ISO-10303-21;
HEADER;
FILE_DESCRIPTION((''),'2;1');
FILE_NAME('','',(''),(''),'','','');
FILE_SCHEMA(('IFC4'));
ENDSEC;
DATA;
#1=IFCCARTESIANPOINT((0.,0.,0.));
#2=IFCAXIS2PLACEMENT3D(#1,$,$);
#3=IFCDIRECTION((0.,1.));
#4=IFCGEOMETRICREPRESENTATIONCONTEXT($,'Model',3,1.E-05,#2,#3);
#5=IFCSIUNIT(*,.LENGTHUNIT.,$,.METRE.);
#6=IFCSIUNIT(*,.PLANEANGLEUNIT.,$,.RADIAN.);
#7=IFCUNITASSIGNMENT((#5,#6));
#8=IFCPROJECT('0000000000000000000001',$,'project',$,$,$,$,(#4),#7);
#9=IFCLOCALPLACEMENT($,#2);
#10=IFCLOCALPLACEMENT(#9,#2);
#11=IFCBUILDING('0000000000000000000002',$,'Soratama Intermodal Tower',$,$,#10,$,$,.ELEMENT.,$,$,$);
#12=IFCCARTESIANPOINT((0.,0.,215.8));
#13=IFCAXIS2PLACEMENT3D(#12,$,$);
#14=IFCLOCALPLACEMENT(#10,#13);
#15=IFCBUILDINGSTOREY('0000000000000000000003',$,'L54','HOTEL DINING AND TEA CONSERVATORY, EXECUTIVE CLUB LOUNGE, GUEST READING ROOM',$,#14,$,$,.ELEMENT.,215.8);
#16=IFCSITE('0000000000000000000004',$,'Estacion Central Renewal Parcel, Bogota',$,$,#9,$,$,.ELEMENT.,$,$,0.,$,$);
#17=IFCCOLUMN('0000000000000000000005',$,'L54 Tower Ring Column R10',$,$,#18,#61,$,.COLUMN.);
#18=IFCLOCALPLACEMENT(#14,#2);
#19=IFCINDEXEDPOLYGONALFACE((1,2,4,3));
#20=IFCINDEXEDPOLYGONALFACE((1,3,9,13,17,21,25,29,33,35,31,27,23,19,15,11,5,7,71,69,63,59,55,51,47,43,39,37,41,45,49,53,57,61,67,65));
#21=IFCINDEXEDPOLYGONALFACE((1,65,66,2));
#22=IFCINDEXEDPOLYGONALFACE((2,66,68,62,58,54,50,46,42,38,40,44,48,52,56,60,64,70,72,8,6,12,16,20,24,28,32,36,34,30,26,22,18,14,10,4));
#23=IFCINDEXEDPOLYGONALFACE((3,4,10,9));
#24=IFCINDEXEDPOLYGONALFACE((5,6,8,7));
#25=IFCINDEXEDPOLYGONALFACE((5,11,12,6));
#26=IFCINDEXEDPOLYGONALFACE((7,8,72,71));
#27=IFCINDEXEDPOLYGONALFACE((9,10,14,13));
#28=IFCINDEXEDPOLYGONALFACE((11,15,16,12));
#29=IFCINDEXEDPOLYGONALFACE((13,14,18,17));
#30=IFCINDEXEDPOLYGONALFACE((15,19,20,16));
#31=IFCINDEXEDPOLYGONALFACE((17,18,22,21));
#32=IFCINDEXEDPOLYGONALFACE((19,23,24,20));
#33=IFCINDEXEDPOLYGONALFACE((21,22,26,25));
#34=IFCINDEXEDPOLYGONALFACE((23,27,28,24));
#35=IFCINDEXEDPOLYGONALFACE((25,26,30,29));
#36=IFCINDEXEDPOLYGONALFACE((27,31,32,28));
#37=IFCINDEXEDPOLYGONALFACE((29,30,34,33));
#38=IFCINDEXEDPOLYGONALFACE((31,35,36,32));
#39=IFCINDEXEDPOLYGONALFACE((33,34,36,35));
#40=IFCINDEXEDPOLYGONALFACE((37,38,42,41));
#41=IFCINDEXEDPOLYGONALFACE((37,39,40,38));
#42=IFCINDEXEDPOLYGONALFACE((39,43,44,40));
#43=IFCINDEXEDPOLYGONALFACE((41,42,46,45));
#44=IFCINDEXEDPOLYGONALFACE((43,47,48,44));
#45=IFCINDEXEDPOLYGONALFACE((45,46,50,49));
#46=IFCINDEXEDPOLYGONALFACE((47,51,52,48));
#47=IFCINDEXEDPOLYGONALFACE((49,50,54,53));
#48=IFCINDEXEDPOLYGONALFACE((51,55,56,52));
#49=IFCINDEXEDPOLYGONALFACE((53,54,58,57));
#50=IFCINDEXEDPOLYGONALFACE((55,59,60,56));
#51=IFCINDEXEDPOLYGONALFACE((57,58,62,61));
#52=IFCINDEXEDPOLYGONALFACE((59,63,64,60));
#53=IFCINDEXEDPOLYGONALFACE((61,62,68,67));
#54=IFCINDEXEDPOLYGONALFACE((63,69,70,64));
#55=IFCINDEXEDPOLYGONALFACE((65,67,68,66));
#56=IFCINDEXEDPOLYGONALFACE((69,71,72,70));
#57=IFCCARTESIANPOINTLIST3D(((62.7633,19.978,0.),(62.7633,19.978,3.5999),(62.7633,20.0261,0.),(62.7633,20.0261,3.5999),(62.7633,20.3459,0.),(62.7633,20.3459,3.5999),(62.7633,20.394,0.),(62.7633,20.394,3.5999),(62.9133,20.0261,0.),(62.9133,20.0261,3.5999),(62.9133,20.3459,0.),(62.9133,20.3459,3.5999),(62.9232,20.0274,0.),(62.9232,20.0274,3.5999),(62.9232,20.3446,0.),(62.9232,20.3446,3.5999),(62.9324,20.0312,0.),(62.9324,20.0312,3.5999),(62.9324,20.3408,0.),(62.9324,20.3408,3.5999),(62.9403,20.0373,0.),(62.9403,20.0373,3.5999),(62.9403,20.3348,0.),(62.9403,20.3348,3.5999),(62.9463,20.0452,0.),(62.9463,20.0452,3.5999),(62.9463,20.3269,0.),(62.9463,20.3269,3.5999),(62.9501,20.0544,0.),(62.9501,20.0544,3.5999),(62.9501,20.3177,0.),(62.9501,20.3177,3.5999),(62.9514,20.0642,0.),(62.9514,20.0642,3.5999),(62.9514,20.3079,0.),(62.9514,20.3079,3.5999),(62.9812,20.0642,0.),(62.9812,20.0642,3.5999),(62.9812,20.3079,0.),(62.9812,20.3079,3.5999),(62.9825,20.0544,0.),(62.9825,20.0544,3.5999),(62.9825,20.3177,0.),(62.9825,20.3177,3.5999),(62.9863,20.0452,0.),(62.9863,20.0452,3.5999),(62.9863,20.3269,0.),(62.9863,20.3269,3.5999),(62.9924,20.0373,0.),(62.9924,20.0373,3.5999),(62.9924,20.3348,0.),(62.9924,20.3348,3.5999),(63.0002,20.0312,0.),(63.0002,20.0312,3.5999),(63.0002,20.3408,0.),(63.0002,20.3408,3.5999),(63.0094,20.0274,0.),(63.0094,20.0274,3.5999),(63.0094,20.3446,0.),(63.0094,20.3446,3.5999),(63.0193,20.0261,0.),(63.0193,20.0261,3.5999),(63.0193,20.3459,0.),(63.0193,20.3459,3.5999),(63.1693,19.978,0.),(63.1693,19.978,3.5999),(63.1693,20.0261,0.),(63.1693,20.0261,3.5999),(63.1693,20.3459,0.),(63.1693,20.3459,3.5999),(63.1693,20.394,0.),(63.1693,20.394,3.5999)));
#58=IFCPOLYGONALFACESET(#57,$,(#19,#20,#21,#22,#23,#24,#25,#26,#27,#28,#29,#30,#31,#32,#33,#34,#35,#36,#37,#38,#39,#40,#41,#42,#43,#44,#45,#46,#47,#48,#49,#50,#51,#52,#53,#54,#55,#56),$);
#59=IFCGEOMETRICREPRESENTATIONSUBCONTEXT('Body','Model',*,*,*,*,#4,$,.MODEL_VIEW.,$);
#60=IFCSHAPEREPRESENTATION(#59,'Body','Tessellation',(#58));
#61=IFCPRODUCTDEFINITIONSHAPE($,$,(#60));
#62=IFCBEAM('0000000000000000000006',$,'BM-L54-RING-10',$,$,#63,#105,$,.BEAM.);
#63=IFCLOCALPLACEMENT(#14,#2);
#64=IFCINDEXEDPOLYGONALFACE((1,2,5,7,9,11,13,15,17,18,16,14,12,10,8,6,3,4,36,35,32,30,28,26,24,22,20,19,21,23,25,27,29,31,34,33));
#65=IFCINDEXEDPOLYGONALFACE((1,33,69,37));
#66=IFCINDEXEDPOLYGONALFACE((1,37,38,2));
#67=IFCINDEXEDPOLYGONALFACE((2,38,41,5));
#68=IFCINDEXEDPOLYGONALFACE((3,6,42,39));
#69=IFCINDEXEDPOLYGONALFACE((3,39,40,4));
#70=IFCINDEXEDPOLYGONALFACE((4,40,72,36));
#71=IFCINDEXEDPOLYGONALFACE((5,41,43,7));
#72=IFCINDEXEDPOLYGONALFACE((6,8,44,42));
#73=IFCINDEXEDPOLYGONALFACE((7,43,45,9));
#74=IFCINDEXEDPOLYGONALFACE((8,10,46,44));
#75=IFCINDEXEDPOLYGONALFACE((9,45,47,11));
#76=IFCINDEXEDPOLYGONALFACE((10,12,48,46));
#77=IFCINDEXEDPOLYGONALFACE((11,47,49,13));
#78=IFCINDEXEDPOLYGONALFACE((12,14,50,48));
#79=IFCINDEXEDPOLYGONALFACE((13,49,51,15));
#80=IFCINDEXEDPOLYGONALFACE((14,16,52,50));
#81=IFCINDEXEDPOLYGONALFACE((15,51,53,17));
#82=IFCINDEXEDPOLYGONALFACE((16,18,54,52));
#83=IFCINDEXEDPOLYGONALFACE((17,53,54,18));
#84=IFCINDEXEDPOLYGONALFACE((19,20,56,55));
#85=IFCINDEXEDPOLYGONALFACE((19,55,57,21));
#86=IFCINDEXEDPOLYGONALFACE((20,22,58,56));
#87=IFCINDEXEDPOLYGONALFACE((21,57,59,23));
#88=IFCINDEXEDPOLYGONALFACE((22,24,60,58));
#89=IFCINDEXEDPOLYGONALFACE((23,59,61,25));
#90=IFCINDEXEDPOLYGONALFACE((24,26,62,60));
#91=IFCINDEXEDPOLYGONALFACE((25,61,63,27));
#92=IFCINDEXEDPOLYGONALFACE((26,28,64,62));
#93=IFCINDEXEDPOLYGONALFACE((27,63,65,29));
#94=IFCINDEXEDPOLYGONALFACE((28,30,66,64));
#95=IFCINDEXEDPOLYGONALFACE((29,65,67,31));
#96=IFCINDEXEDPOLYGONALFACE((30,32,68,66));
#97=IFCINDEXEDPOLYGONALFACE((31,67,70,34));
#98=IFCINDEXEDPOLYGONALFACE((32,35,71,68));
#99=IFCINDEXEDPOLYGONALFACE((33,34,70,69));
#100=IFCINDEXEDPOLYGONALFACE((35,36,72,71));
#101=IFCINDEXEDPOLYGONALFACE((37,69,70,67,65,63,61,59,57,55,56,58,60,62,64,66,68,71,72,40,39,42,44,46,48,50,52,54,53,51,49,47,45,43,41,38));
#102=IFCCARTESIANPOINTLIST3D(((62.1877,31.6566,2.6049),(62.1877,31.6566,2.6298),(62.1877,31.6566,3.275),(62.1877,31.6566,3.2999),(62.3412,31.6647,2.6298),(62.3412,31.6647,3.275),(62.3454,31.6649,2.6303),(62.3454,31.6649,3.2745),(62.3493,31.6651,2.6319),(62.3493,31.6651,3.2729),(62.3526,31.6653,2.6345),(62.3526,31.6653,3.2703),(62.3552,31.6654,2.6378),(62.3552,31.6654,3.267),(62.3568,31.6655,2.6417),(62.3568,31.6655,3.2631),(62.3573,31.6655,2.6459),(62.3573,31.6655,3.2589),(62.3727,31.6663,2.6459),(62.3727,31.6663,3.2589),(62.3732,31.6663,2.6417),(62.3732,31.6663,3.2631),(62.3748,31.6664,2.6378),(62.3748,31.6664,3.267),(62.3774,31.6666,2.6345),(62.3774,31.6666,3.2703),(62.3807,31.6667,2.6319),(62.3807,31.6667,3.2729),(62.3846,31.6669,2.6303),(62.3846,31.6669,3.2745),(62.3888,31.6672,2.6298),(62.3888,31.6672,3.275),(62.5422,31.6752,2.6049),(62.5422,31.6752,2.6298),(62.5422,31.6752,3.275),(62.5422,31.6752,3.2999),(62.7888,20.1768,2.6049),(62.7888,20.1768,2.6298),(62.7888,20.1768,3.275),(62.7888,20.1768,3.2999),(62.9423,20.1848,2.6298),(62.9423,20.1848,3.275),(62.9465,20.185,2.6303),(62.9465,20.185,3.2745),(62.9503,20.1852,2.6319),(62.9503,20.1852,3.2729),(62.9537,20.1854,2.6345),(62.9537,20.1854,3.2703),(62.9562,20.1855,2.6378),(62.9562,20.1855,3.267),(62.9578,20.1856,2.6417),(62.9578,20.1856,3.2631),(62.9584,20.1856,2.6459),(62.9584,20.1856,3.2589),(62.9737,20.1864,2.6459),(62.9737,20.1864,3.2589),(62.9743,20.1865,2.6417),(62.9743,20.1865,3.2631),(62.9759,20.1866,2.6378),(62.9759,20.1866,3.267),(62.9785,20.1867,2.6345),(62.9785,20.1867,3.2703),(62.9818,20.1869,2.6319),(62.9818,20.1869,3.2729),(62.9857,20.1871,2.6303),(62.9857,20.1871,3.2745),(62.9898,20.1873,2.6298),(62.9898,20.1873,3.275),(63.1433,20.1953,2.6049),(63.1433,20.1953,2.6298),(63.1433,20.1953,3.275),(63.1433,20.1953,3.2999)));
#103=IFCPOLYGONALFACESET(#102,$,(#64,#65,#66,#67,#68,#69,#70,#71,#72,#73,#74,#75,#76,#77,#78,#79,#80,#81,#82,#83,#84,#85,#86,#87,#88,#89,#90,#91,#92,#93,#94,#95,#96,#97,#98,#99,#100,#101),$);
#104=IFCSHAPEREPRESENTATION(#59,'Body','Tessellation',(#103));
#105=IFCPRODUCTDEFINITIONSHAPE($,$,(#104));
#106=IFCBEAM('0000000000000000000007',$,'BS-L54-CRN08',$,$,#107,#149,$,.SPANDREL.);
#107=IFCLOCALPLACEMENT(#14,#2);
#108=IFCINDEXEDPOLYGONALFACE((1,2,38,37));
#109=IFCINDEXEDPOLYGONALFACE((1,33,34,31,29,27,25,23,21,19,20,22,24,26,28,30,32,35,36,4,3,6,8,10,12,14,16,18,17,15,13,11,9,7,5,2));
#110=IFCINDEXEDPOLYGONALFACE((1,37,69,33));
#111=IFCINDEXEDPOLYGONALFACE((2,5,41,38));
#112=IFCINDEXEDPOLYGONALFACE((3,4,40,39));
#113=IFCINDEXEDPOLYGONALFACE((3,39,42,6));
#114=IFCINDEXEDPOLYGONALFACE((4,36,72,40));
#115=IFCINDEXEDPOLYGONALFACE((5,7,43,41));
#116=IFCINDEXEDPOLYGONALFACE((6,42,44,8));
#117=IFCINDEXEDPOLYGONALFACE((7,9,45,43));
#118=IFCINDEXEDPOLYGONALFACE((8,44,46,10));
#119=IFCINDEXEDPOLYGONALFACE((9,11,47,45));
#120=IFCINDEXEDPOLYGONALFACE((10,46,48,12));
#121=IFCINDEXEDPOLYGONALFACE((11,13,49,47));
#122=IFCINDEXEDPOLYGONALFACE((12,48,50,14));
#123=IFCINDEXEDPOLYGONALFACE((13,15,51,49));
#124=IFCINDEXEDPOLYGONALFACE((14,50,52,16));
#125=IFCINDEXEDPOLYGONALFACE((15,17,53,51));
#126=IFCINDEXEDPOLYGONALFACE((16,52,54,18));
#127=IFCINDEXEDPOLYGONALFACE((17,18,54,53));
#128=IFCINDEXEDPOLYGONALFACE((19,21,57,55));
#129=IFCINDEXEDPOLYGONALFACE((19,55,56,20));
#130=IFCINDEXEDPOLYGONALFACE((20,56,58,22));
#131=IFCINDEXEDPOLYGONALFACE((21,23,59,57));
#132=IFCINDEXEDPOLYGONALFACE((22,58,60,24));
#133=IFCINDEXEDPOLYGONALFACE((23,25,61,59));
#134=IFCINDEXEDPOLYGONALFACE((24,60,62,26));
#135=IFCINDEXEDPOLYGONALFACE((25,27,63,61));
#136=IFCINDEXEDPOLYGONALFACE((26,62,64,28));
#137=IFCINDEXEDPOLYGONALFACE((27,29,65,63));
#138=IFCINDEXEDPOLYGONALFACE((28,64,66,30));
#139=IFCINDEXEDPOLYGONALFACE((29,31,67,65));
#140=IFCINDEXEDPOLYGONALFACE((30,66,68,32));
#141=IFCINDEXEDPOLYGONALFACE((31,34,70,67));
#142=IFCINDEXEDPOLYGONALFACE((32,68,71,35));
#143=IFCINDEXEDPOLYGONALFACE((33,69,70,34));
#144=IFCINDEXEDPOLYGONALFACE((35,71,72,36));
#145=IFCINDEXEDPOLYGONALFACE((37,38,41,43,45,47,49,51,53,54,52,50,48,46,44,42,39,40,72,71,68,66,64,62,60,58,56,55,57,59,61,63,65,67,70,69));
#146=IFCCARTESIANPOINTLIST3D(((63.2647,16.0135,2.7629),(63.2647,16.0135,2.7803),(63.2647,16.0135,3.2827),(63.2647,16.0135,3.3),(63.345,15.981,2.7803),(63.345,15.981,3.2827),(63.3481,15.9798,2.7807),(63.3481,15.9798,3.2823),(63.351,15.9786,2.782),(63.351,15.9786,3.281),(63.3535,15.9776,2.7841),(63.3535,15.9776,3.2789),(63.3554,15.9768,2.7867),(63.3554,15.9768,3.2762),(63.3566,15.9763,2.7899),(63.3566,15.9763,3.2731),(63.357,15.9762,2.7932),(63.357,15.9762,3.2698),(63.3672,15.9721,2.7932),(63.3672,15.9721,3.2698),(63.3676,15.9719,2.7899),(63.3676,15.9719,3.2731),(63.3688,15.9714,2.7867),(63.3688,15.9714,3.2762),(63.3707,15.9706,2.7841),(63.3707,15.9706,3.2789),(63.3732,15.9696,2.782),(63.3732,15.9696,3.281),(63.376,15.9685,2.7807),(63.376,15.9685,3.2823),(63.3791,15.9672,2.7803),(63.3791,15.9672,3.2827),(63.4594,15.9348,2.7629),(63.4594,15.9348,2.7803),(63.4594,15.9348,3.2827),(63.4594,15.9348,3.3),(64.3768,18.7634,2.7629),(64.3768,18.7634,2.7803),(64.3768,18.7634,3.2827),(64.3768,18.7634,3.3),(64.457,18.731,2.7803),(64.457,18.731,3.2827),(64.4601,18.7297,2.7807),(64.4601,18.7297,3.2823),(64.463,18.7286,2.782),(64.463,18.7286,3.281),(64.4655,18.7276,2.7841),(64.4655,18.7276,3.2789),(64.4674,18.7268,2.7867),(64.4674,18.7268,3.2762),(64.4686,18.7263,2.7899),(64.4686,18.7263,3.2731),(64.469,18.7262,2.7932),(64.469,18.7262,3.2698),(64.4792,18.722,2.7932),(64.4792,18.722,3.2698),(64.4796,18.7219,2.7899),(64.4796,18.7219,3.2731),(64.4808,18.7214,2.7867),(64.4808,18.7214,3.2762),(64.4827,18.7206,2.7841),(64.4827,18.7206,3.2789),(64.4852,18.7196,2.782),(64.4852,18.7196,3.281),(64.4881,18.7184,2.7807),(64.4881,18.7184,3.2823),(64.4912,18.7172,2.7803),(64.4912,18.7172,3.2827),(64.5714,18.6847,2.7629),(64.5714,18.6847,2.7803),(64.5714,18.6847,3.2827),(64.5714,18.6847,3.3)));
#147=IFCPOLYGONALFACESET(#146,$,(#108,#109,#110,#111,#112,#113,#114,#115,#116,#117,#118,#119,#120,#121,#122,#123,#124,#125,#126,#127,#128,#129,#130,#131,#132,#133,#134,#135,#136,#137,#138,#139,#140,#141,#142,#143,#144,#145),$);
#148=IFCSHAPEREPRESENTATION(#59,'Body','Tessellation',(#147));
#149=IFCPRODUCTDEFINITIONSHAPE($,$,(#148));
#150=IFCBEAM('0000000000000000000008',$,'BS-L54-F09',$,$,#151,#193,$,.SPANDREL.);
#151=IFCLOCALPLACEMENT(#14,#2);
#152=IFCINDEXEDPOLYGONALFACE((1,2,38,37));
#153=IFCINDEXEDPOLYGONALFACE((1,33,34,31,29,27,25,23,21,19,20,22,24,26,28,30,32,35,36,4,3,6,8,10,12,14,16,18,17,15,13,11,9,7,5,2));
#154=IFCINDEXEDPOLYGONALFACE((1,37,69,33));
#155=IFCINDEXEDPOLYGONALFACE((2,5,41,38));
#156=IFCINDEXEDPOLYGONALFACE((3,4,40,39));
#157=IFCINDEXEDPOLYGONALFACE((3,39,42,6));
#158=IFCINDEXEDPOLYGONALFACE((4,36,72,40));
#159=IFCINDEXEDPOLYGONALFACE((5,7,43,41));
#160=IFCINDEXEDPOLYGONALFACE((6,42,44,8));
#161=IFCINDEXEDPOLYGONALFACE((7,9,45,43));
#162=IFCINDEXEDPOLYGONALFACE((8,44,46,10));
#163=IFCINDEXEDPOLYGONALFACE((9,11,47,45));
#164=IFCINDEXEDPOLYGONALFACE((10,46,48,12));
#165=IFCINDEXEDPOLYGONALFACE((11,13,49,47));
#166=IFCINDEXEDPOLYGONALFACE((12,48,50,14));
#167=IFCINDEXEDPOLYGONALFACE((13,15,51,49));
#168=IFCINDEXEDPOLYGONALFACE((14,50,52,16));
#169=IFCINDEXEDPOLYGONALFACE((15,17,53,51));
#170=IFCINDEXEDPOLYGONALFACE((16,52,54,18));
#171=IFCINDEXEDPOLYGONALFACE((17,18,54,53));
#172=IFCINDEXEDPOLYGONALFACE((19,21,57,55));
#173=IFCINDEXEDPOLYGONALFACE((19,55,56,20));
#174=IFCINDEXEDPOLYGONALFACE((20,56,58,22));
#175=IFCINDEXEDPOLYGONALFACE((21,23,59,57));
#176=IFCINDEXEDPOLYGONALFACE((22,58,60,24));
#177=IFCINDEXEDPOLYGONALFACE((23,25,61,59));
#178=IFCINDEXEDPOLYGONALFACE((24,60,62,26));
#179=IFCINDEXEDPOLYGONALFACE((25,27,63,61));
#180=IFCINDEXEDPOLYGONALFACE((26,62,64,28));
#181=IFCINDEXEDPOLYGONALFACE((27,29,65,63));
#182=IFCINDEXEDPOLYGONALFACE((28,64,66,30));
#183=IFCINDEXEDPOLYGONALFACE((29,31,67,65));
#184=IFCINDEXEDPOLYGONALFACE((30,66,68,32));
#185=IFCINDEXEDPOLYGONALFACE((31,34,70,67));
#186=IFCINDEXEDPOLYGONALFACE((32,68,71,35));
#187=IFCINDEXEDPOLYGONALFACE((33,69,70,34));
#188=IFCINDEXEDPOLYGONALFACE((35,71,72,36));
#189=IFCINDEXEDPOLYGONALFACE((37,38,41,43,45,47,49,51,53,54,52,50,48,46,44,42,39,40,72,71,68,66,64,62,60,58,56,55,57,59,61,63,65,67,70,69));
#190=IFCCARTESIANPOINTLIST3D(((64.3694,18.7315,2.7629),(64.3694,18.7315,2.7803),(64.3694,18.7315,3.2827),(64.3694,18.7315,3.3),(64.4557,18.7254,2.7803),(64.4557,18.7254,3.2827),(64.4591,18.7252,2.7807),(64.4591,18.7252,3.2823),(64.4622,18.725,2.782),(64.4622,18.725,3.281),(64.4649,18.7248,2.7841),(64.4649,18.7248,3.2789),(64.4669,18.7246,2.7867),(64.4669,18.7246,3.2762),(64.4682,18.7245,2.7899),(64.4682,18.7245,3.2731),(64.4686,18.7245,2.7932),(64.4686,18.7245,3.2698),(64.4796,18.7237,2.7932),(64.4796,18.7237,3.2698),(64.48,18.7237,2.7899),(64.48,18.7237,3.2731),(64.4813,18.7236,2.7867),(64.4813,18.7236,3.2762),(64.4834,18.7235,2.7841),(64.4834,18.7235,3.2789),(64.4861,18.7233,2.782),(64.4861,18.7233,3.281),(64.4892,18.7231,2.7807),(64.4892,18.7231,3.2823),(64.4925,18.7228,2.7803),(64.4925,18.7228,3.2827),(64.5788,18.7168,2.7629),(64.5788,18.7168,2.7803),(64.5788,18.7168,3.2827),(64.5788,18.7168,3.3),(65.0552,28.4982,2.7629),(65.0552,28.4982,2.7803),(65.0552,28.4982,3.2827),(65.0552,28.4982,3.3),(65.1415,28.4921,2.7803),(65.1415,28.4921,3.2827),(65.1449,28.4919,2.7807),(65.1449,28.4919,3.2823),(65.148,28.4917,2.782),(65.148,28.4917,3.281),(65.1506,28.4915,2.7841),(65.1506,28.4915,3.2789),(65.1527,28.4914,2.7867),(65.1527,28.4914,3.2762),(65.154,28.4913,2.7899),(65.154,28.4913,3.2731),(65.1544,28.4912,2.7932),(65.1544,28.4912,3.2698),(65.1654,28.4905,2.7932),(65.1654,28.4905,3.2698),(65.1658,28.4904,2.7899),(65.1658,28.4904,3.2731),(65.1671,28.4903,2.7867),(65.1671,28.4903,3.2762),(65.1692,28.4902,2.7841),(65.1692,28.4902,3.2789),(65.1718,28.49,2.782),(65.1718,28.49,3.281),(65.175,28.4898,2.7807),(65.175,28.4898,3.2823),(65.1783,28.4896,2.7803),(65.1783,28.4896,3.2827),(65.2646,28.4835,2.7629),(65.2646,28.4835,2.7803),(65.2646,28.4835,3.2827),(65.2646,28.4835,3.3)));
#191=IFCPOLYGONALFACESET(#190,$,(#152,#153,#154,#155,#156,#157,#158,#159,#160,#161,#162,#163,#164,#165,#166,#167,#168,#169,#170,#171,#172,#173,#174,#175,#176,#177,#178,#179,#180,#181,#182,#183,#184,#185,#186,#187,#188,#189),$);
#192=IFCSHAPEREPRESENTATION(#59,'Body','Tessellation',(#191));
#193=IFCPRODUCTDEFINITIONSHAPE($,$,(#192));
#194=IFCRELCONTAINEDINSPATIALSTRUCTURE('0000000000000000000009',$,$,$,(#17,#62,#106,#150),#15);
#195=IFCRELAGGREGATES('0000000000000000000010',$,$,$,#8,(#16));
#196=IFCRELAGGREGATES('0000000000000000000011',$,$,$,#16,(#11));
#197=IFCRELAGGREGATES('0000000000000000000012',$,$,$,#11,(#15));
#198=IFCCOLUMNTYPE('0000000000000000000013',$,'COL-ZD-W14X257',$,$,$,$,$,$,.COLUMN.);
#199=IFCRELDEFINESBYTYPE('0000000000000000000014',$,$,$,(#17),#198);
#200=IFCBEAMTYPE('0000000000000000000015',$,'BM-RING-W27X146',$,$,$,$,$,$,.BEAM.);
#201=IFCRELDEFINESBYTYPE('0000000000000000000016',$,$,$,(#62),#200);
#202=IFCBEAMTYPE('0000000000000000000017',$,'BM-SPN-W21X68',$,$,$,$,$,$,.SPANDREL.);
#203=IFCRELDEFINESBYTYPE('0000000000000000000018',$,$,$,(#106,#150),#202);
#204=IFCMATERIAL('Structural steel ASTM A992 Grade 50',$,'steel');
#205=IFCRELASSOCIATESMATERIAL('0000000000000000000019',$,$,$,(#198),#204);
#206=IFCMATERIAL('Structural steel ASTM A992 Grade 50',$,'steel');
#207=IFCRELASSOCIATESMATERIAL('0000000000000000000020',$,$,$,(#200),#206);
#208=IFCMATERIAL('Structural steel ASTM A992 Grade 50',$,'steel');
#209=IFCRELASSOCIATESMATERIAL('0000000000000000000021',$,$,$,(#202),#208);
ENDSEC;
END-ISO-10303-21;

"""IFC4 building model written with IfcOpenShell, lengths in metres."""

from ifc_helpers import new_model, si_unit, direction, frame, origin, origin_2d, place, context, subcontext, project, spatial, i_section, extrude, material, material_profile, profile_set, type_object, element, save


model = new_model("IFC4")

# Units and contexts
model_context = context("Model", 3, precision=1e-05, world=origin(), true_north=direction((0.0, 1.0)))
body_context = subcontext(model_context, "Body", "Model", "MODEL_VIEW")
ifc_project = project(units=[si_unit("LENGTHUNIT", "METRE"), si_unit("PLANEANGLEUNIT", "RADIAN")], contexts=[model_context])

# Site, building, storey
site_placement = place(None, origin())
site = spatial("IfcSite", under=ifc_project, at=site_placement, Name="Estacion Central Renewal Parcel, Bogota", CompositionType="ELEMENT", RefElevation=0.0)
building_placement = place(site_placement, origin())
building = spatial("IfcBuilding", under=site, at=building_placement, Name="Soratama Intermodal Tower", CompositionType="ELEMENT")
storey_placement = place(building_placement, frame((0.0, 0.0, 215.8)))
storey = spatial("IfcBuildingStorey", under=building, at=storey_placement, Name="L54", Description="HOTEL DINING AND TEA CONSERVATORY, EXECUTIVE CLUB LOUNGE, GUEST READING ROOM", CompositionType="ELEMENT", Elevation=215.8)

# Column
ifc_material_1 = material(Name="Structural steel ASTM A992 Grade 50", Category="steel")
ifc_material_profile_1 = material_profile(ifc_material_1, i_section(OverallWidth=0.406, OverallDepth=0.416, WebThickness=0.0298, FlangeThickness=0.0481, FilletRadius=0.0381, at=origin_2d()), Name="W14X257")
ifc_profile_set_1 = profile_set([ifc_material_profile_1], Name="Structural steel ASTM A992 Grade 50")
column_type = type_object("IfcColumnType", Name="COL-ZD-W14X257", PredefinedType="COLUMN", material=ifc_profile_set_1)
column_placement = place(storey_placement, frame((62.9663, 20.186, 0.0), z_axis=(0.0, 0.0, 1.0), x_axis=(1.0, 0.0, 0.0)))
element("IfcColumn", 1, at=column_placement, inside=storey, type_object=column_type, Name="L54 Tower Ring Column R10", PredefinedType="COLUMN", context=body_context, shape_type="SweptSolid", body=[
    extrude(i_section(OverallWidth=0.406, OverallDepth=0.416, WebThickness=0.0298, FlangeThickness=0.0481, FilletRadius=0.0381, at=origin_2d()), origin(), (0.0, 0.0, 1.0), 3.5999),
])

# Beams
ifc_material_2 = material(Name="Structural steel ASTM A992 Grade 50", Category="steel")
ifc_material_profile_2 = material_profile(ifc_material_2, i_section(OverallWidth=0.355, OverallDepth=0.6951, WebThickness=0.0154, FlangeThickness=0.0249, FilletRadius=0.0161, at=origin_2d()), Name="W27X146")
ifc_profile_set_2 = profile_set([ifc_material_profile_2], Name="Structural steel ASTM A992 Grade 50")
beam_type_1 = type_object("IfcBeamType", Name="BM-RING-W27X146", PredefinedType="BEAM", material=ifc_profile_set_2)
beam_1_placement = place(storey_placement, frame((62.9661, 20.186, 2.9524), z_axis=(-0.052287, 0.998632, 0.0), x_axis=(-0.998632, -0.052287, 0.0)))
element("IfcBeam", 2, at=beam_1_placement, inside=storey, type_object=beam_type_1, Name="BM-L54-RING-10", PredefinedType="BEAM", context=body_context, shape_type="SweptSolid", body=[
    extrude(i_section(OverallWidth=0.355, OverallDepth=0.6951, WebThickness=0.0154, FlangeThickness=0.0249, FilletRadius=0.0161, at=origin_2d()), origin(), (0.0, 0.0, 1.0), 11.4956),
])
ifc_material_3 = material(Name="Structural steel ASTM A992 Grade 50", Category="steel")
ifc_material_profile_3 = material_profile(ifc_material_3, i_section(OverallWidth=0.21, OverallDepth=0.5371, WebThickness=0.011, FlangeThickness=0.0173, FilletRadius=0.0129, at=origin_2d()), Name="W21X68")
ifc_profile_set_3 = profile_set([ifc_material_profile_3], Name="Structural steel ASTM A992 Grade 50")
beam_type_2 = type_object("IfcBeamType", Name="BM-SPN-W21X68", PredefinedType="SPANDREL", material=ifc_profile_set_3)
beam_2_placement = place(storey_placement, frame((63.3621, 15.9741, 3.0315), z_axis=(0.374893, 0.927068, 0.0), x_axis=(-0.927068, 0.374893, 0.0)))
element("IfcBeam", 3, at=beam_2_placement, inside=storey, type_object=beam_type_2, Name="BS-L54-CRN08", PredefinedType="SPANDREL", context=body_context, shape_type="SweptSolid", body=[
    extrude(i_section(OverallWidth=0.21, OverallDepth=0.5371, WebThickness=0.011, FlangeThickness=0.0173, FilletRadius=0.0129, at=origin_2d()), origin(), (0.0, 0.0, 1.0), 2.9663),
])
beam_3_placement = place(storey_placement, frame((64.4741, 18.7241, 3.0315), z_axis=(0.070044, 0.997544, 0.0), x_axis=(-0.997544, 0.070044, 0.0)))
element("IfcBeam", 4, at=beam_3_placement, inside=storey, type_object=beam_type_2, Name="BS-L54-F09", PredefinedType="SPANDREL", context=body_context, shape_type="SweptSolid", body=[
    extrude(i_section(OverallWidth=0.21, OverallDepth=0.5371, WebThickness=0.011, FlangeThickness=0.0173, FilletRadius=0.0129, at=origin_2d()), origin(), (0.0, 0.0, 1.0), 9.7908),
])

save(model, "model.ifc")
